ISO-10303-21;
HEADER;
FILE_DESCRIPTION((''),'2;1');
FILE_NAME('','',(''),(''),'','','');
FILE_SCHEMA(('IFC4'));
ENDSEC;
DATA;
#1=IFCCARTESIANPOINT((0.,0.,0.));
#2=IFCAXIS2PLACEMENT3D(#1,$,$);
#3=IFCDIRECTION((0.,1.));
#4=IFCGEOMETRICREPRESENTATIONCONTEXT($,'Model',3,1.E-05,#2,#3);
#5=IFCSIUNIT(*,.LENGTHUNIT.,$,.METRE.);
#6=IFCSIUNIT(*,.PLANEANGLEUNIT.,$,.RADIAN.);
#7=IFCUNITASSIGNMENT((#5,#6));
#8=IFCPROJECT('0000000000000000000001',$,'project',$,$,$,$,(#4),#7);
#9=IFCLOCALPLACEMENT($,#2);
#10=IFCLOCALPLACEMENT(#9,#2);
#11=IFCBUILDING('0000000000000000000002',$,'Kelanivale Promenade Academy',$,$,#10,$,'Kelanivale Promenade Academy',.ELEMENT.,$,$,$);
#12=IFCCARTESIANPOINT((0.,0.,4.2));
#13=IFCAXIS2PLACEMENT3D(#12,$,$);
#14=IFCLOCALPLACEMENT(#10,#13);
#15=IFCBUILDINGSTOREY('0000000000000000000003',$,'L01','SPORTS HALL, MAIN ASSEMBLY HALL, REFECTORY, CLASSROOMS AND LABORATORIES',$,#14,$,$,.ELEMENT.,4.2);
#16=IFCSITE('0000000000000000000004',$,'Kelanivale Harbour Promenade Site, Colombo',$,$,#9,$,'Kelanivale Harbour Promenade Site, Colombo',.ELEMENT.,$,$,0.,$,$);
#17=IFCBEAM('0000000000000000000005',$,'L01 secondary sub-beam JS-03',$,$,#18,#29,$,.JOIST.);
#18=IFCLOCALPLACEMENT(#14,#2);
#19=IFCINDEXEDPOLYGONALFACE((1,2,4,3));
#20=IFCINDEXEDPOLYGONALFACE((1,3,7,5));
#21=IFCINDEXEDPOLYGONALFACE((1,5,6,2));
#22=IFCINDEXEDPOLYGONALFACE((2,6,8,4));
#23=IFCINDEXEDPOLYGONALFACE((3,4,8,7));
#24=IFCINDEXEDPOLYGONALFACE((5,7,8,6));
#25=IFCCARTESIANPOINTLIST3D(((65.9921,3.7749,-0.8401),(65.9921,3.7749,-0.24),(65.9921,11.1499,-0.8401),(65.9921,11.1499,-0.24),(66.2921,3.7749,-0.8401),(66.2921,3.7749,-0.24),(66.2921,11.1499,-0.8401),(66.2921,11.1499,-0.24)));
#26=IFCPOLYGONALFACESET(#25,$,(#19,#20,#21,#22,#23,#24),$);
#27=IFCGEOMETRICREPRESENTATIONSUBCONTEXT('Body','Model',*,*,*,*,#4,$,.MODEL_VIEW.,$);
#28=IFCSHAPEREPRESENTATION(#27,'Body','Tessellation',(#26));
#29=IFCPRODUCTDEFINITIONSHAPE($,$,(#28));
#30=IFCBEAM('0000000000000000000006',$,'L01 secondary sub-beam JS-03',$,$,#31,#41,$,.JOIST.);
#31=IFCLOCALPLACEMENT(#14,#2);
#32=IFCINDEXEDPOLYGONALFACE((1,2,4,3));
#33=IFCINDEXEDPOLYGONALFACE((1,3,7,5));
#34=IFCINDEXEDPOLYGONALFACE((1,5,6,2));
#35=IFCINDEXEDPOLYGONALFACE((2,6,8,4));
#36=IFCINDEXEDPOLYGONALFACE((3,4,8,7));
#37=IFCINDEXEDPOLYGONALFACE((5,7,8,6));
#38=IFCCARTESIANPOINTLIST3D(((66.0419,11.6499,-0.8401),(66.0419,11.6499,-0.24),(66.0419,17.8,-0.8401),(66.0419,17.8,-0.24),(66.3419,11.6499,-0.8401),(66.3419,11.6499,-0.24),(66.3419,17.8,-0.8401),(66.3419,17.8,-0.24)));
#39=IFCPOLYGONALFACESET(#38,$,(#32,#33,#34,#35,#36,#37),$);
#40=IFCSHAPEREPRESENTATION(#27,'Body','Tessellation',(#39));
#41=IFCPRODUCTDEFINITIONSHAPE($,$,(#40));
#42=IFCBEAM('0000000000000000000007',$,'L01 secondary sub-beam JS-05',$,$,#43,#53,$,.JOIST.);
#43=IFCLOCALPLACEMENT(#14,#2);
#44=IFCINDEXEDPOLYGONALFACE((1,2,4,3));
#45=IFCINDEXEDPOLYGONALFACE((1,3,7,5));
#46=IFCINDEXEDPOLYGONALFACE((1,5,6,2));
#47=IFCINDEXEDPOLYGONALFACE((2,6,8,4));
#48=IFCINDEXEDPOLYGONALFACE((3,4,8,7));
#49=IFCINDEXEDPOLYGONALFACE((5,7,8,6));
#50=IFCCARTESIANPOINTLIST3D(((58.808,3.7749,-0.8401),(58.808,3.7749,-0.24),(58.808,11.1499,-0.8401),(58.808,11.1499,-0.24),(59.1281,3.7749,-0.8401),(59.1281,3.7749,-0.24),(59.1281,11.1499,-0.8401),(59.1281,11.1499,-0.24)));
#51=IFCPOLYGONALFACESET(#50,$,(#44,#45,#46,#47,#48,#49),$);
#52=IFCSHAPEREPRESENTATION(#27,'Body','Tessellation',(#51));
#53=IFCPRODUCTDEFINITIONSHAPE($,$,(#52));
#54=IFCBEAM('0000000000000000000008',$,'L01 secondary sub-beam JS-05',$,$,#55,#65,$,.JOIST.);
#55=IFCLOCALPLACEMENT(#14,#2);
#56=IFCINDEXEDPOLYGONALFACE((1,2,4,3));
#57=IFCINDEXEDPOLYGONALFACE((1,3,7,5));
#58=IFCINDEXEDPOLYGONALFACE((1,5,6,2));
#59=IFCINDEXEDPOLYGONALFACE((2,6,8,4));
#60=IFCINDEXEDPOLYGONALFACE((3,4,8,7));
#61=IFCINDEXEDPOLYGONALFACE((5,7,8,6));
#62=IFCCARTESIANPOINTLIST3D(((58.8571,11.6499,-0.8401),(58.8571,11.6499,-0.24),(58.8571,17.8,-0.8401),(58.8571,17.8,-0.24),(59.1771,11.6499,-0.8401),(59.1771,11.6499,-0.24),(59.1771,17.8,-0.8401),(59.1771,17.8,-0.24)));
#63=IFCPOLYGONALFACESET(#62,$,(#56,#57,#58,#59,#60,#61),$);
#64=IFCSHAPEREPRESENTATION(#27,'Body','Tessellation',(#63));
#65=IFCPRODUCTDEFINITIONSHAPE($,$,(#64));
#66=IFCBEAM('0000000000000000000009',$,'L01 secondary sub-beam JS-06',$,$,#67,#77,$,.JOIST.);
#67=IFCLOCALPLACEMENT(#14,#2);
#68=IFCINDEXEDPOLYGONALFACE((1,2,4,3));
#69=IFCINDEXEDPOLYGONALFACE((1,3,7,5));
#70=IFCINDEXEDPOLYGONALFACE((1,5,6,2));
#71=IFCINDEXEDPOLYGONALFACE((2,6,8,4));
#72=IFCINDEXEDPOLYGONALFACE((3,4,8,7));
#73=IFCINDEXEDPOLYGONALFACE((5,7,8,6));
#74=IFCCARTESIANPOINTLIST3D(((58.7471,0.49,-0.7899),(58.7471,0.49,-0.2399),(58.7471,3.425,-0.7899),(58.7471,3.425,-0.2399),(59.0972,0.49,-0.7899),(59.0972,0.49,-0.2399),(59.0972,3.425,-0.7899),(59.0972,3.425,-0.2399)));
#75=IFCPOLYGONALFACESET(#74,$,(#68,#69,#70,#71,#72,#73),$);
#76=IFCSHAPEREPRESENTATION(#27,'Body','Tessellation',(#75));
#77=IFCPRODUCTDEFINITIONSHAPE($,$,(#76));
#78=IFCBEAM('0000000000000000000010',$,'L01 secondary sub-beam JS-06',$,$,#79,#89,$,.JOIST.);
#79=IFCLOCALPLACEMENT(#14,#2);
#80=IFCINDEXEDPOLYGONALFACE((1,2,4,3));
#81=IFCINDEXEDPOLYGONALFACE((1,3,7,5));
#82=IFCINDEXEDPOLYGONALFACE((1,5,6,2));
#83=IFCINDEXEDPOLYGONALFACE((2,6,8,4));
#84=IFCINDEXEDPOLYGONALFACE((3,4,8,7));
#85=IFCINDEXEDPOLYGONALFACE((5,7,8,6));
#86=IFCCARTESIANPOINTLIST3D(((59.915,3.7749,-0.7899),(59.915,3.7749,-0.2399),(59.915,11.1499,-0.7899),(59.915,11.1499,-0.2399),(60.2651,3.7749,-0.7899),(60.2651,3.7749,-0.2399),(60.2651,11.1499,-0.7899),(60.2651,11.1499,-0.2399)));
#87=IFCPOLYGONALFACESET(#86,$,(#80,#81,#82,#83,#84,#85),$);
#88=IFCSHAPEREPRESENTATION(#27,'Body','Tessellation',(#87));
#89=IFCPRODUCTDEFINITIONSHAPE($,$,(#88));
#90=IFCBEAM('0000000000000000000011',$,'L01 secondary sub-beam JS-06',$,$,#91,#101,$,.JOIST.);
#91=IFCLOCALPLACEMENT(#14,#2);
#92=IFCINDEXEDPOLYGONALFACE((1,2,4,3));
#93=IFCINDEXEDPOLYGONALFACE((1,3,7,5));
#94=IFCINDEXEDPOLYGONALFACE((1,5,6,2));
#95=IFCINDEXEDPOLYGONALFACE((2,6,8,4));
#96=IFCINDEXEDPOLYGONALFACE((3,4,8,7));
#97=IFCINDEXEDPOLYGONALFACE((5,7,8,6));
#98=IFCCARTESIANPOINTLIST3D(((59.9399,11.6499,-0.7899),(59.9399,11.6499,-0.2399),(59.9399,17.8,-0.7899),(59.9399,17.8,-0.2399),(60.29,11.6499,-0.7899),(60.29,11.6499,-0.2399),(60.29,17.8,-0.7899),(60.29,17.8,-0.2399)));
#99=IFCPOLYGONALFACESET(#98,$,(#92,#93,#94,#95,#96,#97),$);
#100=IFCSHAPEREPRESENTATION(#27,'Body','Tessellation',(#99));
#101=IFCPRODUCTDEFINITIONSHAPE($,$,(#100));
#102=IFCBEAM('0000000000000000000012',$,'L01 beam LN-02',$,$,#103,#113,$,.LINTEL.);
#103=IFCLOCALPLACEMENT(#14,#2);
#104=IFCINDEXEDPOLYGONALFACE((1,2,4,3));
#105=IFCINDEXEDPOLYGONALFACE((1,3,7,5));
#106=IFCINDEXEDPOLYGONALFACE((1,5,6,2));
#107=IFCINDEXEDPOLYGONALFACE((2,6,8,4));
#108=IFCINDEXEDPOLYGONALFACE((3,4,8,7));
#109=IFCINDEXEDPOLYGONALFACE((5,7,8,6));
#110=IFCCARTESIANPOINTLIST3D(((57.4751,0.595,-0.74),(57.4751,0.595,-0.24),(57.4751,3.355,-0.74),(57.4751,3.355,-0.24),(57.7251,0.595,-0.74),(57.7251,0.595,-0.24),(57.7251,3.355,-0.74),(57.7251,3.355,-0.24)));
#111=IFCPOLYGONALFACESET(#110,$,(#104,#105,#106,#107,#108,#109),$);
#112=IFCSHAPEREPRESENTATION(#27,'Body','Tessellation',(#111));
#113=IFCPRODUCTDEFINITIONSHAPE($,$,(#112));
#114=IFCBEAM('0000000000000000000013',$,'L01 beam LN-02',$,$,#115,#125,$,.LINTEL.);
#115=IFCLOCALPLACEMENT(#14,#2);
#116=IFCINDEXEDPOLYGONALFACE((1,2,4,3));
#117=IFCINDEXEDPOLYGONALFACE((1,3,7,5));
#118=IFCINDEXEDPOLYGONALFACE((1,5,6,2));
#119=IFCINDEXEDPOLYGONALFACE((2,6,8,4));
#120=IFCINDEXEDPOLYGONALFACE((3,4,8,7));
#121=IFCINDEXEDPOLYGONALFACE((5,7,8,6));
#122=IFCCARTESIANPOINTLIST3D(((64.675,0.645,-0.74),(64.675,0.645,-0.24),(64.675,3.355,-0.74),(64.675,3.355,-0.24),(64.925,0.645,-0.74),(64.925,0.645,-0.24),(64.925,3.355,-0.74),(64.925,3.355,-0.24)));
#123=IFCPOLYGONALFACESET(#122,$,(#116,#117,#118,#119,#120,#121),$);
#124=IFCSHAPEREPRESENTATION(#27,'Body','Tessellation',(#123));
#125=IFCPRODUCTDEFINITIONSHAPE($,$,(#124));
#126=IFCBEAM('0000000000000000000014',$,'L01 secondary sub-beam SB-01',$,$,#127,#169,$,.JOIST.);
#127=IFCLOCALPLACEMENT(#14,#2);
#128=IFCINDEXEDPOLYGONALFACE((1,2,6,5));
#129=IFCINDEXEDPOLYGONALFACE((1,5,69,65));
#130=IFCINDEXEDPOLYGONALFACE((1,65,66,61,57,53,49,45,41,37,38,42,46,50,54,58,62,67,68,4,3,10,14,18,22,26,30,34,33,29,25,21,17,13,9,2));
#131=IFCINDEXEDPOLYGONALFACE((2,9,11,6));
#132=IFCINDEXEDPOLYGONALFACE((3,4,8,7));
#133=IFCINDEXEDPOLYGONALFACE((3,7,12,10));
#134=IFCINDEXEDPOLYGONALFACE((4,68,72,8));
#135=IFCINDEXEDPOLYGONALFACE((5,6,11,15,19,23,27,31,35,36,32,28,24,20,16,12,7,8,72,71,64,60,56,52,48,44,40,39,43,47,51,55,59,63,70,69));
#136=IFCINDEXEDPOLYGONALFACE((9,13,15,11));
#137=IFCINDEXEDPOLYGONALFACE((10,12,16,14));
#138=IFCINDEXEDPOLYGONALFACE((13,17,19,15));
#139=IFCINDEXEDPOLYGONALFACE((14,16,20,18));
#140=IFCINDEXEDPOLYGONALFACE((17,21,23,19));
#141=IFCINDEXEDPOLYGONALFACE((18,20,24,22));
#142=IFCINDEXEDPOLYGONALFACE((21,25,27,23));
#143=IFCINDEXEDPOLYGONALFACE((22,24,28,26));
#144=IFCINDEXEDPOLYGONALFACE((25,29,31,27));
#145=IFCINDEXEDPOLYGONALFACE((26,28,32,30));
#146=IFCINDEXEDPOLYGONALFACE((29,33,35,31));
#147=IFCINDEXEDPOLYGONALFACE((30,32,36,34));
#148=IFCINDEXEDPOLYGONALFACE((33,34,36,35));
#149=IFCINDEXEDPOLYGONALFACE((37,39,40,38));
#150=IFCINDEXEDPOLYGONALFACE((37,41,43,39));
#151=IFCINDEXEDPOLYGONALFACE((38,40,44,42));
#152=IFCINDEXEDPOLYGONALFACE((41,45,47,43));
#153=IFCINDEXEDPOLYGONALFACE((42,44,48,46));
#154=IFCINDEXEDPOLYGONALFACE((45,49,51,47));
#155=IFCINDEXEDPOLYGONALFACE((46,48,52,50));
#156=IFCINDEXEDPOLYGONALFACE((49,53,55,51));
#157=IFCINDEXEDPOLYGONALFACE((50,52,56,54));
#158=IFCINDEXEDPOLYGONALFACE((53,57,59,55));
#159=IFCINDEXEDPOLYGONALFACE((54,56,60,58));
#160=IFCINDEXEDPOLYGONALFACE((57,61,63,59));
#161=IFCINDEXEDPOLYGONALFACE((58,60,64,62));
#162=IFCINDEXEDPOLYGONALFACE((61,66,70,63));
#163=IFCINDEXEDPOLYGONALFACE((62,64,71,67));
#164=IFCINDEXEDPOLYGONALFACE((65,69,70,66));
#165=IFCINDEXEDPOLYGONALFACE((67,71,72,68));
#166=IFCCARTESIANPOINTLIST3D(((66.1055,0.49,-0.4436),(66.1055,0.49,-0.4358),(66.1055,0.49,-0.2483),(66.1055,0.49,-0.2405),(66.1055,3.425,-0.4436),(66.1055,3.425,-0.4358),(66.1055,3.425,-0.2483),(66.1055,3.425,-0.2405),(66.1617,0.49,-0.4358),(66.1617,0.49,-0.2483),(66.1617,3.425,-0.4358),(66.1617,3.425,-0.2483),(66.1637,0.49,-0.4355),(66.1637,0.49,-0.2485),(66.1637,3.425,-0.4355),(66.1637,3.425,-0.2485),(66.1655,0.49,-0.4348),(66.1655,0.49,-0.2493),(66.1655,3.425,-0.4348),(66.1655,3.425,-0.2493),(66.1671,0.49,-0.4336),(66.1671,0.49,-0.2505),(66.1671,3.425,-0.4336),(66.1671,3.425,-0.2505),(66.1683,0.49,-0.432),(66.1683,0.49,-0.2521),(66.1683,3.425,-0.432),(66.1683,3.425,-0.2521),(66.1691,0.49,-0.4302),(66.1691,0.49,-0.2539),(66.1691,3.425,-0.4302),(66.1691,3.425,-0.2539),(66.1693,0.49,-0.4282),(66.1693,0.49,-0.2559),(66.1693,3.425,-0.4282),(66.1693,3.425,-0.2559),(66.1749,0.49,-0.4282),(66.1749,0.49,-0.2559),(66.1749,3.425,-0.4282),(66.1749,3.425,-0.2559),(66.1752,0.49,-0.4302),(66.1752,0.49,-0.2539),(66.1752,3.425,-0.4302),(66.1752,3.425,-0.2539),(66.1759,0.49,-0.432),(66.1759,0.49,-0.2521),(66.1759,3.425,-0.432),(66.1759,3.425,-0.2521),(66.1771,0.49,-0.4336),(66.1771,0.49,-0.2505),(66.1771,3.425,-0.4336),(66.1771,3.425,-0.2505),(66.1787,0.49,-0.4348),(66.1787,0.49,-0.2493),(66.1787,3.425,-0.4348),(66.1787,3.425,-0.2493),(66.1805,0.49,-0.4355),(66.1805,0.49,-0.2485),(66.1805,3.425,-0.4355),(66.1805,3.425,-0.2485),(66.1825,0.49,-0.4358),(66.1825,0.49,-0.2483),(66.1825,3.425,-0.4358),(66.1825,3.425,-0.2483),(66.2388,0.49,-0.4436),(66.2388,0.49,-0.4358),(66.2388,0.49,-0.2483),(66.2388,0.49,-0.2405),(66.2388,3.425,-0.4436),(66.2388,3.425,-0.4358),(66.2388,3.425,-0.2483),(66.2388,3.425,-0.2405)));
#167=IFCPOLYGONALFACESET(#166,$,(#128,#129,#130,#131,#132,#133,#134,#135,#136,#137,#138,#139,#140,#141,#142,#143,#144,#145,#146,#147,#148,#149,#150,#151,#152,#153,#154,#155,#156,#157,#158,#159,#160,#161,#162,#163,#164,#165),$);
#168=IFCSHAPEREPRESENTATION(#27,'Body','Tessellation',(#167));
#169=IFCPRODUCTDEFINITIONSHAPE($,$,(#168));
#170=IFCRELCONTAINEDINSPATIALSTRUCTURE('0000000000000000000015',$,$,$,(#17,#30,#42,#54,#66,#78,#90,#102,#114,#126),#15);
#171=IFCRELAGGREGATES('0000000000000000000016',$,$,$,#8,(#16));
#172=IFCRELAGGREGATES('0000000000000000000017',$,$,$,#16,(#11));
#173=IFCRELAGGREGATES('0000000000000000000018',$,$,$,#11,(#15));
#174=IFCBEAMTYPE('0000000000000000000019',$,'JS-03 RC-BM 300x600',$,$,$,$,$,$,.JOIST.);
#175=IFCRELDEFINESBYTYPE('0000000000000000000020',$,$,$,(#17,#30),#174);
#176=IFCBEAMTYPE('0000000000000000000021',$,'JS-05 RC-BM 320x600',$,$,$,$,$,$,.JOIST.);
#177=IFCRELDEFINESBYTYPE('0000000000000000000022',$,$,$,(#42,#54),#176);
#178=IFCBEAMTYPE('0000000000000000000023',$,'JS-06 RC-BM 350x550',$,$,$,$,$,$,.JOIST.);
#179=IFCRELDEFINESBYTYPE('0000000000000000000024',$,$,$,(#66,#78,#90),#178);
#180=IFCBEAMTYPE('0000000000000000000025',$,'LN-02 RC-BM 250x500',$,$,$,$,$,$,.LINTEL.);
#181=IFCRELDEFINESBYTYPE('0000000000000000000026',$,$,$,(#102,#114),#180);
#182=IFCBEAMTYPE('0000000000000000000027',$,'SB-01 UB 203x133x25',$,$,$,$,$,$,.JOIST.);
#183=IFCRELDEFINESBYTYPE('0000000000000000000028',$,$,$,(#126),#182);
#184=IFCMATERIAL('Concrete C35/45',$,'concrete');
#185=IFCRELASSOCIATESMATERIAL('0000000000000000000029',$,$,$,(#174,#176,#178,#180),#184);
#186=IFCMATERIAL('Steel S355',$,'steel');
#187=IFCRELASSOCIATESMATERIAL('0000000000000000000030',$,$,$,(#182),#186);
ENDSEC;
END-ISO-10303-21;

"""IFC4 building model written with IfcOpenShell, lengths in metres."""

from ifc_helpers import new_model, si_unit, direction, frame, origin, origin_2d, place, context, subcontext, project, spatial, rectangle, i_section, extrude, material, material_profile, profile_set, type_object, element, save


model = new_model("IFC4")

# Units and contexts
model_context = context("Model", 3, precision=1e-05, world=origin(), true_north=direction((0.0, 1.0)))
body_context = subcontext(model_context, "Body", "Model", "MODEL_VIEW")
ifc_project = project(units=[si_unit("LENGTHUNIT", "METRE"), si_unit("PLANEANGLEUNIT", "RADIAN")], contexts=[model_context])

# Site, building, storey
site_placement = place(None, origin())
site = spatial("IfcSite", under=ifc_project, at=site_placement, Name="Kelanivale Harbour Promenade Site, Colombo", LongName="Kelanivale Harbour Promenade Site, Colombo", CompositionType="ELEMENT", RefElevation=0.0)
building_placement = place(site_placement, origin())
building = spatial("IfcBuilding", under=site, at=building_placement, Name="Kelanivale Promenade Academy", LongName="Kelanivale Promenade Academy", CompositionType="ELEMENT")
storey_placement = place(building_placement, frame((0.0, 0.0, 4.2)))
storey = spatial("IfcBuildingStorey", under=building, at=storey_placement, Name="L01", Description="SPORTS HALL, MAIN ASSEMBLY HALL, REFECTORY, CLASSROOMS AND LABORATORIES", CompositionType="ELEMENT", Elevation=4.2)

# Beams
ifc_material_1 = material(Name="Concrete C35/45", Category="concrete")
ifc_material_profile_1 = material_profile(ifc_material_1, rectangle(XDim=0.3, YDim=0.6001, at=origin_2d()), Name="RC-BM 300x600")
ifc_profile_set_1 = profile_set([ifc_material_profile_1], Name="Concrete C35/45")
beam_type_1 = type_object("IfcBeamType", Name="JS-03 RC-BM 300x600", PredefinedType="JOIST", material=ifc_profile_set_1)
beam_1_placement = place(storey_placement, frame((66.1421, 3.7749, -0.54), z_axis=(0.0, 1.0, 0.0), x_axis=(-1.0, 0.0, 0.0)))
element("IfcBeam", 1, at=beam_1_placement, inside=storey, type_object=beam_type_1, Name="L01 secondary sub-beam JS-03", PredefinedType="JOIST", context=body_context, shape_type="SweptSolid", body=[
    extrude(rectangle(XDim=0.3, YDim=0.6001, at=origin_2d()), origin(), (0.0, 0.0, 1.0), 7.375),
])
beam_2_placement = place(storey_placement, frame((66.1919, 11.6499, -0.54), z_axis=(0.0, 1.0, 0.0), x_axis=(-1.0, 0.0, 0.0)))
element("IfcBeam", 2, at=beam_2_placement, inside=storey, type_object=beam_type_1, Name="L01 secondary sub-beam JS-03", PredefinedType="JOIST", context=body_context, shape_type="SweptSolid", body=[
    extrude(rectangle(XDim=0.3, YDim=0.6001, at=origin_2d()), origin(), (0.0, 0.0, 1.0), 6.1501),
])
ifc_material_profile_2 = material_profile(ifc_material_1, rectangle(XDim=0.3201, YDim=0.6001, at=origin_2d()), Name="RC-BM 320x600")
ifc_profile_set_2 = profile_set([ifc_material_profile_2], Name="Concrete C35/45")
beam_type_2 = type_object("IfcBeamType", Name="JS-05 RC-BM 320x600", PredefinedType="JOIST", material=ifc_profile_set_2)
beam_3_placement = place(storey_placement, frame((58.968, 3.7749, -0.54), z_axis=(0.0, 1.0, 0.0), x_axis=(-1.0, 0.0, 0.0)))
element("IfcBeam", 3, at=beam_3_placement, inside=storey, type_object=beam_type_2, Name="L01 secondary sub-beam JS-05", PredefinedType="JOIST", context=body_context, shape_type="SweptSolid", body=[
    extrude(rectangle(XDim=0.3201, YDim=0.6001, at=origin_2d()), origin(), (0.0, 0.0, 1.0), 7.375),
])
beam_4_placement = place(storey_placement, frame((59.0171, 11.6499, -0.54), z_axis=(0.0, 1.0, 0.0), x_axis=(-1.0, 0.0, 0.0)))
element("IfcBeam", 4, at=beam_4_placement, inside=storey, type_object=beam_type_2, Name="L01 secondary sub-beam JS-05", PredefinedType="JOIST", context=body_context, shape_type="SweptSolid", body=[
    extrude(rectangle(XDim=0.3201, YDim=0.6001, at=origin_2d()), origin(), (0.0, 0.0, 1.0), 6.1501),
])
ifc_material_profile_3 = material_profile(ifc_material_1, rectangle(XDim=0.3501, YDim=0.55, at=origin_2d()), Name="RC-BM 350x550")
ifc_profile_set_3 = profile_set([ifc_material_profile_3], Name="Concrete C35/45")
beam_type_3 = type_object("IfcBeamType", Name="JS-06 RC-BM 350x550", PredefinedType="JOIST", material=ifc_profile_set_3)
beam_5_placement = place(storey_placement, frame((58.9221, 0.49, -0.5149), z_axis=(0.0, 1.0, 0.0), x_axis=(-1.0, 0.0, 0.0)))
element("IfcBeam", 5, at=beam_5_placement, inside=storey, type_object=beam_type_3, Name="L01 secondary sub-beam JS-06", PredefinedType="JOIST", context=body_context, shape_type="SweptSolid", body=[
    extrude(rectangle(XDim=0.3501, YDim=0.55, at=origin_2d()), origin(), (0.0, 0.0, 1.0), 2.9351),
])
beam_6_placement = place(storey_placement, frame((60.0901, 3.7749, -0.5149), z_axis=(0.0, 1.0, 0.0), x_axis=(-1.0, 0.0, 0.0)))
element("IfcBeam", 6, at=beam_6_placement, inside=storey, type_object=beam_type_3, Name="L01 secondary sub-beam JS-06", PredefinedType="JOIST", context=body_context, shape_type="SweptSolid", body=[
    extrude(rectangle(XDim=0.3501, YDim=0.55, at=origin_2d()), origin(), (0.0, 0.0, 1.0), 7.375),
])
beam_7_placement = place(storey_placement, frame((60.115, 11.6499, -0.5149), z_axis=(0.0, 1.0, 0.0), x_axis=(-1.0, 0.0, 0.0)))
element("IfcBeam", 7, at=beam_7_placement, inside=storey, type_object=beam_type_3, Name="L01 secondary sub-beam JS-06", PredefinedType="JOIST", context=body_context, shape_type="SweptSolid", body=[
    extrude(rectangle(XDim=0.3501, YDim=0.55, at=origin_2d()), origin(), (0.0, 0.0, 1.0), 6.1501),
])
ifc_material_profile_4 = material_profile(ifc_material_1, rectangle(XDim=0.25, YDim=0.5, at=origin_2d()), Name="RC-BM 250x500")
ifc_profile_set_4 = profile_set([ifc_material_profile_4], Name="Concrete C35/45")
beam_type_4 = type_object("IfcBeamType", Name="LN-02 RC-BM 250x500", PredefinedType="LINTEL", material=ifc_profile_set_4)
beam_8_placement = place(storey_placement, frame((57.6001, 0.595, -0.49), z_axis=(0.0, 1.0, 0.0), x_axis=(-1.0, 0.0, 0.0)))
element("IfcBeam", 8, at=beam_8_placement, inside=storey, type_object=beam_type_4, Name="L01 beam LN-02", PredefinedType="LINTEL", context=body_context, shape_type="SweptSolid", body=[
    extrude(rectangle(XDim=0.25, YDim=0.5, at=origin_2d()), origin(), (0.0, 0.0, 1.0), 2.76),
])
beam_9_placement = place(storey_placement, frame((64.8, 0.645, -0.49), z_axis=(0.0, 1.0, 0.0), x_axis=(-1.0, 0.0, 0.0)))
element("IfcBeam", 9, at=beam_9_placement, inside=storey, type_object=beam_type_4, Name="L01 beam LN-02", PredefinedType="LINTEL", context=body_context, shape_type="SweptSolid", body=[
    extrude(rectangle(XDim=0.25, YDim=0.5, at=origin_2d()), origin(), (0.0, 0.0, 1.0), 2.71),
])
ifc_material_2 = material(Name="Steel S355", Category="steel")
ifc_material_profile_5 = material_profile(ifc_material_2, i_section(OverallWidth=0.1333, OverallDepth=0.2031, WebThickness=0.0056, FlangeThickness=0.0078, FilletRadius=0.0076, at=origin_2d()), Name="UB 203x133x25")
ifc_profile_set_5 = profile_set([ifc_material_profile_5], Name="Steel S355")
beam_type_5 = type_object("IfcBeamType", Name="SB-01 UB 203x133x25", PredefinedType="JOIST", material=ifc_profile_set_5)
beam_10_placement = place(storey_placement, frame((66.1721, 0.49, -0.342), z_axis=(0.0, 1.0, 0.0), x_axis=(-1.0, 0.0, 0.0)))
element("IfcBeam", 10, at=beam_10_placement, inside=storey, type_object=beam_type_5, Name="L01 secondary sub-beam SB-01", PredefinedType="JOIST", context=body_context, shape_type="SweptSolid", body=[
    extrude(i_section(OverallWidth=0.1333, OverallDepth=0.2031, WebThickness=0.0056, FlangeThickness=0.0078, FilletRadius=0.0076, at=origin_2d()), origin(), (0.0, 0.0, 1.0), 2.9351),
])

save(model, "model.ifc")
